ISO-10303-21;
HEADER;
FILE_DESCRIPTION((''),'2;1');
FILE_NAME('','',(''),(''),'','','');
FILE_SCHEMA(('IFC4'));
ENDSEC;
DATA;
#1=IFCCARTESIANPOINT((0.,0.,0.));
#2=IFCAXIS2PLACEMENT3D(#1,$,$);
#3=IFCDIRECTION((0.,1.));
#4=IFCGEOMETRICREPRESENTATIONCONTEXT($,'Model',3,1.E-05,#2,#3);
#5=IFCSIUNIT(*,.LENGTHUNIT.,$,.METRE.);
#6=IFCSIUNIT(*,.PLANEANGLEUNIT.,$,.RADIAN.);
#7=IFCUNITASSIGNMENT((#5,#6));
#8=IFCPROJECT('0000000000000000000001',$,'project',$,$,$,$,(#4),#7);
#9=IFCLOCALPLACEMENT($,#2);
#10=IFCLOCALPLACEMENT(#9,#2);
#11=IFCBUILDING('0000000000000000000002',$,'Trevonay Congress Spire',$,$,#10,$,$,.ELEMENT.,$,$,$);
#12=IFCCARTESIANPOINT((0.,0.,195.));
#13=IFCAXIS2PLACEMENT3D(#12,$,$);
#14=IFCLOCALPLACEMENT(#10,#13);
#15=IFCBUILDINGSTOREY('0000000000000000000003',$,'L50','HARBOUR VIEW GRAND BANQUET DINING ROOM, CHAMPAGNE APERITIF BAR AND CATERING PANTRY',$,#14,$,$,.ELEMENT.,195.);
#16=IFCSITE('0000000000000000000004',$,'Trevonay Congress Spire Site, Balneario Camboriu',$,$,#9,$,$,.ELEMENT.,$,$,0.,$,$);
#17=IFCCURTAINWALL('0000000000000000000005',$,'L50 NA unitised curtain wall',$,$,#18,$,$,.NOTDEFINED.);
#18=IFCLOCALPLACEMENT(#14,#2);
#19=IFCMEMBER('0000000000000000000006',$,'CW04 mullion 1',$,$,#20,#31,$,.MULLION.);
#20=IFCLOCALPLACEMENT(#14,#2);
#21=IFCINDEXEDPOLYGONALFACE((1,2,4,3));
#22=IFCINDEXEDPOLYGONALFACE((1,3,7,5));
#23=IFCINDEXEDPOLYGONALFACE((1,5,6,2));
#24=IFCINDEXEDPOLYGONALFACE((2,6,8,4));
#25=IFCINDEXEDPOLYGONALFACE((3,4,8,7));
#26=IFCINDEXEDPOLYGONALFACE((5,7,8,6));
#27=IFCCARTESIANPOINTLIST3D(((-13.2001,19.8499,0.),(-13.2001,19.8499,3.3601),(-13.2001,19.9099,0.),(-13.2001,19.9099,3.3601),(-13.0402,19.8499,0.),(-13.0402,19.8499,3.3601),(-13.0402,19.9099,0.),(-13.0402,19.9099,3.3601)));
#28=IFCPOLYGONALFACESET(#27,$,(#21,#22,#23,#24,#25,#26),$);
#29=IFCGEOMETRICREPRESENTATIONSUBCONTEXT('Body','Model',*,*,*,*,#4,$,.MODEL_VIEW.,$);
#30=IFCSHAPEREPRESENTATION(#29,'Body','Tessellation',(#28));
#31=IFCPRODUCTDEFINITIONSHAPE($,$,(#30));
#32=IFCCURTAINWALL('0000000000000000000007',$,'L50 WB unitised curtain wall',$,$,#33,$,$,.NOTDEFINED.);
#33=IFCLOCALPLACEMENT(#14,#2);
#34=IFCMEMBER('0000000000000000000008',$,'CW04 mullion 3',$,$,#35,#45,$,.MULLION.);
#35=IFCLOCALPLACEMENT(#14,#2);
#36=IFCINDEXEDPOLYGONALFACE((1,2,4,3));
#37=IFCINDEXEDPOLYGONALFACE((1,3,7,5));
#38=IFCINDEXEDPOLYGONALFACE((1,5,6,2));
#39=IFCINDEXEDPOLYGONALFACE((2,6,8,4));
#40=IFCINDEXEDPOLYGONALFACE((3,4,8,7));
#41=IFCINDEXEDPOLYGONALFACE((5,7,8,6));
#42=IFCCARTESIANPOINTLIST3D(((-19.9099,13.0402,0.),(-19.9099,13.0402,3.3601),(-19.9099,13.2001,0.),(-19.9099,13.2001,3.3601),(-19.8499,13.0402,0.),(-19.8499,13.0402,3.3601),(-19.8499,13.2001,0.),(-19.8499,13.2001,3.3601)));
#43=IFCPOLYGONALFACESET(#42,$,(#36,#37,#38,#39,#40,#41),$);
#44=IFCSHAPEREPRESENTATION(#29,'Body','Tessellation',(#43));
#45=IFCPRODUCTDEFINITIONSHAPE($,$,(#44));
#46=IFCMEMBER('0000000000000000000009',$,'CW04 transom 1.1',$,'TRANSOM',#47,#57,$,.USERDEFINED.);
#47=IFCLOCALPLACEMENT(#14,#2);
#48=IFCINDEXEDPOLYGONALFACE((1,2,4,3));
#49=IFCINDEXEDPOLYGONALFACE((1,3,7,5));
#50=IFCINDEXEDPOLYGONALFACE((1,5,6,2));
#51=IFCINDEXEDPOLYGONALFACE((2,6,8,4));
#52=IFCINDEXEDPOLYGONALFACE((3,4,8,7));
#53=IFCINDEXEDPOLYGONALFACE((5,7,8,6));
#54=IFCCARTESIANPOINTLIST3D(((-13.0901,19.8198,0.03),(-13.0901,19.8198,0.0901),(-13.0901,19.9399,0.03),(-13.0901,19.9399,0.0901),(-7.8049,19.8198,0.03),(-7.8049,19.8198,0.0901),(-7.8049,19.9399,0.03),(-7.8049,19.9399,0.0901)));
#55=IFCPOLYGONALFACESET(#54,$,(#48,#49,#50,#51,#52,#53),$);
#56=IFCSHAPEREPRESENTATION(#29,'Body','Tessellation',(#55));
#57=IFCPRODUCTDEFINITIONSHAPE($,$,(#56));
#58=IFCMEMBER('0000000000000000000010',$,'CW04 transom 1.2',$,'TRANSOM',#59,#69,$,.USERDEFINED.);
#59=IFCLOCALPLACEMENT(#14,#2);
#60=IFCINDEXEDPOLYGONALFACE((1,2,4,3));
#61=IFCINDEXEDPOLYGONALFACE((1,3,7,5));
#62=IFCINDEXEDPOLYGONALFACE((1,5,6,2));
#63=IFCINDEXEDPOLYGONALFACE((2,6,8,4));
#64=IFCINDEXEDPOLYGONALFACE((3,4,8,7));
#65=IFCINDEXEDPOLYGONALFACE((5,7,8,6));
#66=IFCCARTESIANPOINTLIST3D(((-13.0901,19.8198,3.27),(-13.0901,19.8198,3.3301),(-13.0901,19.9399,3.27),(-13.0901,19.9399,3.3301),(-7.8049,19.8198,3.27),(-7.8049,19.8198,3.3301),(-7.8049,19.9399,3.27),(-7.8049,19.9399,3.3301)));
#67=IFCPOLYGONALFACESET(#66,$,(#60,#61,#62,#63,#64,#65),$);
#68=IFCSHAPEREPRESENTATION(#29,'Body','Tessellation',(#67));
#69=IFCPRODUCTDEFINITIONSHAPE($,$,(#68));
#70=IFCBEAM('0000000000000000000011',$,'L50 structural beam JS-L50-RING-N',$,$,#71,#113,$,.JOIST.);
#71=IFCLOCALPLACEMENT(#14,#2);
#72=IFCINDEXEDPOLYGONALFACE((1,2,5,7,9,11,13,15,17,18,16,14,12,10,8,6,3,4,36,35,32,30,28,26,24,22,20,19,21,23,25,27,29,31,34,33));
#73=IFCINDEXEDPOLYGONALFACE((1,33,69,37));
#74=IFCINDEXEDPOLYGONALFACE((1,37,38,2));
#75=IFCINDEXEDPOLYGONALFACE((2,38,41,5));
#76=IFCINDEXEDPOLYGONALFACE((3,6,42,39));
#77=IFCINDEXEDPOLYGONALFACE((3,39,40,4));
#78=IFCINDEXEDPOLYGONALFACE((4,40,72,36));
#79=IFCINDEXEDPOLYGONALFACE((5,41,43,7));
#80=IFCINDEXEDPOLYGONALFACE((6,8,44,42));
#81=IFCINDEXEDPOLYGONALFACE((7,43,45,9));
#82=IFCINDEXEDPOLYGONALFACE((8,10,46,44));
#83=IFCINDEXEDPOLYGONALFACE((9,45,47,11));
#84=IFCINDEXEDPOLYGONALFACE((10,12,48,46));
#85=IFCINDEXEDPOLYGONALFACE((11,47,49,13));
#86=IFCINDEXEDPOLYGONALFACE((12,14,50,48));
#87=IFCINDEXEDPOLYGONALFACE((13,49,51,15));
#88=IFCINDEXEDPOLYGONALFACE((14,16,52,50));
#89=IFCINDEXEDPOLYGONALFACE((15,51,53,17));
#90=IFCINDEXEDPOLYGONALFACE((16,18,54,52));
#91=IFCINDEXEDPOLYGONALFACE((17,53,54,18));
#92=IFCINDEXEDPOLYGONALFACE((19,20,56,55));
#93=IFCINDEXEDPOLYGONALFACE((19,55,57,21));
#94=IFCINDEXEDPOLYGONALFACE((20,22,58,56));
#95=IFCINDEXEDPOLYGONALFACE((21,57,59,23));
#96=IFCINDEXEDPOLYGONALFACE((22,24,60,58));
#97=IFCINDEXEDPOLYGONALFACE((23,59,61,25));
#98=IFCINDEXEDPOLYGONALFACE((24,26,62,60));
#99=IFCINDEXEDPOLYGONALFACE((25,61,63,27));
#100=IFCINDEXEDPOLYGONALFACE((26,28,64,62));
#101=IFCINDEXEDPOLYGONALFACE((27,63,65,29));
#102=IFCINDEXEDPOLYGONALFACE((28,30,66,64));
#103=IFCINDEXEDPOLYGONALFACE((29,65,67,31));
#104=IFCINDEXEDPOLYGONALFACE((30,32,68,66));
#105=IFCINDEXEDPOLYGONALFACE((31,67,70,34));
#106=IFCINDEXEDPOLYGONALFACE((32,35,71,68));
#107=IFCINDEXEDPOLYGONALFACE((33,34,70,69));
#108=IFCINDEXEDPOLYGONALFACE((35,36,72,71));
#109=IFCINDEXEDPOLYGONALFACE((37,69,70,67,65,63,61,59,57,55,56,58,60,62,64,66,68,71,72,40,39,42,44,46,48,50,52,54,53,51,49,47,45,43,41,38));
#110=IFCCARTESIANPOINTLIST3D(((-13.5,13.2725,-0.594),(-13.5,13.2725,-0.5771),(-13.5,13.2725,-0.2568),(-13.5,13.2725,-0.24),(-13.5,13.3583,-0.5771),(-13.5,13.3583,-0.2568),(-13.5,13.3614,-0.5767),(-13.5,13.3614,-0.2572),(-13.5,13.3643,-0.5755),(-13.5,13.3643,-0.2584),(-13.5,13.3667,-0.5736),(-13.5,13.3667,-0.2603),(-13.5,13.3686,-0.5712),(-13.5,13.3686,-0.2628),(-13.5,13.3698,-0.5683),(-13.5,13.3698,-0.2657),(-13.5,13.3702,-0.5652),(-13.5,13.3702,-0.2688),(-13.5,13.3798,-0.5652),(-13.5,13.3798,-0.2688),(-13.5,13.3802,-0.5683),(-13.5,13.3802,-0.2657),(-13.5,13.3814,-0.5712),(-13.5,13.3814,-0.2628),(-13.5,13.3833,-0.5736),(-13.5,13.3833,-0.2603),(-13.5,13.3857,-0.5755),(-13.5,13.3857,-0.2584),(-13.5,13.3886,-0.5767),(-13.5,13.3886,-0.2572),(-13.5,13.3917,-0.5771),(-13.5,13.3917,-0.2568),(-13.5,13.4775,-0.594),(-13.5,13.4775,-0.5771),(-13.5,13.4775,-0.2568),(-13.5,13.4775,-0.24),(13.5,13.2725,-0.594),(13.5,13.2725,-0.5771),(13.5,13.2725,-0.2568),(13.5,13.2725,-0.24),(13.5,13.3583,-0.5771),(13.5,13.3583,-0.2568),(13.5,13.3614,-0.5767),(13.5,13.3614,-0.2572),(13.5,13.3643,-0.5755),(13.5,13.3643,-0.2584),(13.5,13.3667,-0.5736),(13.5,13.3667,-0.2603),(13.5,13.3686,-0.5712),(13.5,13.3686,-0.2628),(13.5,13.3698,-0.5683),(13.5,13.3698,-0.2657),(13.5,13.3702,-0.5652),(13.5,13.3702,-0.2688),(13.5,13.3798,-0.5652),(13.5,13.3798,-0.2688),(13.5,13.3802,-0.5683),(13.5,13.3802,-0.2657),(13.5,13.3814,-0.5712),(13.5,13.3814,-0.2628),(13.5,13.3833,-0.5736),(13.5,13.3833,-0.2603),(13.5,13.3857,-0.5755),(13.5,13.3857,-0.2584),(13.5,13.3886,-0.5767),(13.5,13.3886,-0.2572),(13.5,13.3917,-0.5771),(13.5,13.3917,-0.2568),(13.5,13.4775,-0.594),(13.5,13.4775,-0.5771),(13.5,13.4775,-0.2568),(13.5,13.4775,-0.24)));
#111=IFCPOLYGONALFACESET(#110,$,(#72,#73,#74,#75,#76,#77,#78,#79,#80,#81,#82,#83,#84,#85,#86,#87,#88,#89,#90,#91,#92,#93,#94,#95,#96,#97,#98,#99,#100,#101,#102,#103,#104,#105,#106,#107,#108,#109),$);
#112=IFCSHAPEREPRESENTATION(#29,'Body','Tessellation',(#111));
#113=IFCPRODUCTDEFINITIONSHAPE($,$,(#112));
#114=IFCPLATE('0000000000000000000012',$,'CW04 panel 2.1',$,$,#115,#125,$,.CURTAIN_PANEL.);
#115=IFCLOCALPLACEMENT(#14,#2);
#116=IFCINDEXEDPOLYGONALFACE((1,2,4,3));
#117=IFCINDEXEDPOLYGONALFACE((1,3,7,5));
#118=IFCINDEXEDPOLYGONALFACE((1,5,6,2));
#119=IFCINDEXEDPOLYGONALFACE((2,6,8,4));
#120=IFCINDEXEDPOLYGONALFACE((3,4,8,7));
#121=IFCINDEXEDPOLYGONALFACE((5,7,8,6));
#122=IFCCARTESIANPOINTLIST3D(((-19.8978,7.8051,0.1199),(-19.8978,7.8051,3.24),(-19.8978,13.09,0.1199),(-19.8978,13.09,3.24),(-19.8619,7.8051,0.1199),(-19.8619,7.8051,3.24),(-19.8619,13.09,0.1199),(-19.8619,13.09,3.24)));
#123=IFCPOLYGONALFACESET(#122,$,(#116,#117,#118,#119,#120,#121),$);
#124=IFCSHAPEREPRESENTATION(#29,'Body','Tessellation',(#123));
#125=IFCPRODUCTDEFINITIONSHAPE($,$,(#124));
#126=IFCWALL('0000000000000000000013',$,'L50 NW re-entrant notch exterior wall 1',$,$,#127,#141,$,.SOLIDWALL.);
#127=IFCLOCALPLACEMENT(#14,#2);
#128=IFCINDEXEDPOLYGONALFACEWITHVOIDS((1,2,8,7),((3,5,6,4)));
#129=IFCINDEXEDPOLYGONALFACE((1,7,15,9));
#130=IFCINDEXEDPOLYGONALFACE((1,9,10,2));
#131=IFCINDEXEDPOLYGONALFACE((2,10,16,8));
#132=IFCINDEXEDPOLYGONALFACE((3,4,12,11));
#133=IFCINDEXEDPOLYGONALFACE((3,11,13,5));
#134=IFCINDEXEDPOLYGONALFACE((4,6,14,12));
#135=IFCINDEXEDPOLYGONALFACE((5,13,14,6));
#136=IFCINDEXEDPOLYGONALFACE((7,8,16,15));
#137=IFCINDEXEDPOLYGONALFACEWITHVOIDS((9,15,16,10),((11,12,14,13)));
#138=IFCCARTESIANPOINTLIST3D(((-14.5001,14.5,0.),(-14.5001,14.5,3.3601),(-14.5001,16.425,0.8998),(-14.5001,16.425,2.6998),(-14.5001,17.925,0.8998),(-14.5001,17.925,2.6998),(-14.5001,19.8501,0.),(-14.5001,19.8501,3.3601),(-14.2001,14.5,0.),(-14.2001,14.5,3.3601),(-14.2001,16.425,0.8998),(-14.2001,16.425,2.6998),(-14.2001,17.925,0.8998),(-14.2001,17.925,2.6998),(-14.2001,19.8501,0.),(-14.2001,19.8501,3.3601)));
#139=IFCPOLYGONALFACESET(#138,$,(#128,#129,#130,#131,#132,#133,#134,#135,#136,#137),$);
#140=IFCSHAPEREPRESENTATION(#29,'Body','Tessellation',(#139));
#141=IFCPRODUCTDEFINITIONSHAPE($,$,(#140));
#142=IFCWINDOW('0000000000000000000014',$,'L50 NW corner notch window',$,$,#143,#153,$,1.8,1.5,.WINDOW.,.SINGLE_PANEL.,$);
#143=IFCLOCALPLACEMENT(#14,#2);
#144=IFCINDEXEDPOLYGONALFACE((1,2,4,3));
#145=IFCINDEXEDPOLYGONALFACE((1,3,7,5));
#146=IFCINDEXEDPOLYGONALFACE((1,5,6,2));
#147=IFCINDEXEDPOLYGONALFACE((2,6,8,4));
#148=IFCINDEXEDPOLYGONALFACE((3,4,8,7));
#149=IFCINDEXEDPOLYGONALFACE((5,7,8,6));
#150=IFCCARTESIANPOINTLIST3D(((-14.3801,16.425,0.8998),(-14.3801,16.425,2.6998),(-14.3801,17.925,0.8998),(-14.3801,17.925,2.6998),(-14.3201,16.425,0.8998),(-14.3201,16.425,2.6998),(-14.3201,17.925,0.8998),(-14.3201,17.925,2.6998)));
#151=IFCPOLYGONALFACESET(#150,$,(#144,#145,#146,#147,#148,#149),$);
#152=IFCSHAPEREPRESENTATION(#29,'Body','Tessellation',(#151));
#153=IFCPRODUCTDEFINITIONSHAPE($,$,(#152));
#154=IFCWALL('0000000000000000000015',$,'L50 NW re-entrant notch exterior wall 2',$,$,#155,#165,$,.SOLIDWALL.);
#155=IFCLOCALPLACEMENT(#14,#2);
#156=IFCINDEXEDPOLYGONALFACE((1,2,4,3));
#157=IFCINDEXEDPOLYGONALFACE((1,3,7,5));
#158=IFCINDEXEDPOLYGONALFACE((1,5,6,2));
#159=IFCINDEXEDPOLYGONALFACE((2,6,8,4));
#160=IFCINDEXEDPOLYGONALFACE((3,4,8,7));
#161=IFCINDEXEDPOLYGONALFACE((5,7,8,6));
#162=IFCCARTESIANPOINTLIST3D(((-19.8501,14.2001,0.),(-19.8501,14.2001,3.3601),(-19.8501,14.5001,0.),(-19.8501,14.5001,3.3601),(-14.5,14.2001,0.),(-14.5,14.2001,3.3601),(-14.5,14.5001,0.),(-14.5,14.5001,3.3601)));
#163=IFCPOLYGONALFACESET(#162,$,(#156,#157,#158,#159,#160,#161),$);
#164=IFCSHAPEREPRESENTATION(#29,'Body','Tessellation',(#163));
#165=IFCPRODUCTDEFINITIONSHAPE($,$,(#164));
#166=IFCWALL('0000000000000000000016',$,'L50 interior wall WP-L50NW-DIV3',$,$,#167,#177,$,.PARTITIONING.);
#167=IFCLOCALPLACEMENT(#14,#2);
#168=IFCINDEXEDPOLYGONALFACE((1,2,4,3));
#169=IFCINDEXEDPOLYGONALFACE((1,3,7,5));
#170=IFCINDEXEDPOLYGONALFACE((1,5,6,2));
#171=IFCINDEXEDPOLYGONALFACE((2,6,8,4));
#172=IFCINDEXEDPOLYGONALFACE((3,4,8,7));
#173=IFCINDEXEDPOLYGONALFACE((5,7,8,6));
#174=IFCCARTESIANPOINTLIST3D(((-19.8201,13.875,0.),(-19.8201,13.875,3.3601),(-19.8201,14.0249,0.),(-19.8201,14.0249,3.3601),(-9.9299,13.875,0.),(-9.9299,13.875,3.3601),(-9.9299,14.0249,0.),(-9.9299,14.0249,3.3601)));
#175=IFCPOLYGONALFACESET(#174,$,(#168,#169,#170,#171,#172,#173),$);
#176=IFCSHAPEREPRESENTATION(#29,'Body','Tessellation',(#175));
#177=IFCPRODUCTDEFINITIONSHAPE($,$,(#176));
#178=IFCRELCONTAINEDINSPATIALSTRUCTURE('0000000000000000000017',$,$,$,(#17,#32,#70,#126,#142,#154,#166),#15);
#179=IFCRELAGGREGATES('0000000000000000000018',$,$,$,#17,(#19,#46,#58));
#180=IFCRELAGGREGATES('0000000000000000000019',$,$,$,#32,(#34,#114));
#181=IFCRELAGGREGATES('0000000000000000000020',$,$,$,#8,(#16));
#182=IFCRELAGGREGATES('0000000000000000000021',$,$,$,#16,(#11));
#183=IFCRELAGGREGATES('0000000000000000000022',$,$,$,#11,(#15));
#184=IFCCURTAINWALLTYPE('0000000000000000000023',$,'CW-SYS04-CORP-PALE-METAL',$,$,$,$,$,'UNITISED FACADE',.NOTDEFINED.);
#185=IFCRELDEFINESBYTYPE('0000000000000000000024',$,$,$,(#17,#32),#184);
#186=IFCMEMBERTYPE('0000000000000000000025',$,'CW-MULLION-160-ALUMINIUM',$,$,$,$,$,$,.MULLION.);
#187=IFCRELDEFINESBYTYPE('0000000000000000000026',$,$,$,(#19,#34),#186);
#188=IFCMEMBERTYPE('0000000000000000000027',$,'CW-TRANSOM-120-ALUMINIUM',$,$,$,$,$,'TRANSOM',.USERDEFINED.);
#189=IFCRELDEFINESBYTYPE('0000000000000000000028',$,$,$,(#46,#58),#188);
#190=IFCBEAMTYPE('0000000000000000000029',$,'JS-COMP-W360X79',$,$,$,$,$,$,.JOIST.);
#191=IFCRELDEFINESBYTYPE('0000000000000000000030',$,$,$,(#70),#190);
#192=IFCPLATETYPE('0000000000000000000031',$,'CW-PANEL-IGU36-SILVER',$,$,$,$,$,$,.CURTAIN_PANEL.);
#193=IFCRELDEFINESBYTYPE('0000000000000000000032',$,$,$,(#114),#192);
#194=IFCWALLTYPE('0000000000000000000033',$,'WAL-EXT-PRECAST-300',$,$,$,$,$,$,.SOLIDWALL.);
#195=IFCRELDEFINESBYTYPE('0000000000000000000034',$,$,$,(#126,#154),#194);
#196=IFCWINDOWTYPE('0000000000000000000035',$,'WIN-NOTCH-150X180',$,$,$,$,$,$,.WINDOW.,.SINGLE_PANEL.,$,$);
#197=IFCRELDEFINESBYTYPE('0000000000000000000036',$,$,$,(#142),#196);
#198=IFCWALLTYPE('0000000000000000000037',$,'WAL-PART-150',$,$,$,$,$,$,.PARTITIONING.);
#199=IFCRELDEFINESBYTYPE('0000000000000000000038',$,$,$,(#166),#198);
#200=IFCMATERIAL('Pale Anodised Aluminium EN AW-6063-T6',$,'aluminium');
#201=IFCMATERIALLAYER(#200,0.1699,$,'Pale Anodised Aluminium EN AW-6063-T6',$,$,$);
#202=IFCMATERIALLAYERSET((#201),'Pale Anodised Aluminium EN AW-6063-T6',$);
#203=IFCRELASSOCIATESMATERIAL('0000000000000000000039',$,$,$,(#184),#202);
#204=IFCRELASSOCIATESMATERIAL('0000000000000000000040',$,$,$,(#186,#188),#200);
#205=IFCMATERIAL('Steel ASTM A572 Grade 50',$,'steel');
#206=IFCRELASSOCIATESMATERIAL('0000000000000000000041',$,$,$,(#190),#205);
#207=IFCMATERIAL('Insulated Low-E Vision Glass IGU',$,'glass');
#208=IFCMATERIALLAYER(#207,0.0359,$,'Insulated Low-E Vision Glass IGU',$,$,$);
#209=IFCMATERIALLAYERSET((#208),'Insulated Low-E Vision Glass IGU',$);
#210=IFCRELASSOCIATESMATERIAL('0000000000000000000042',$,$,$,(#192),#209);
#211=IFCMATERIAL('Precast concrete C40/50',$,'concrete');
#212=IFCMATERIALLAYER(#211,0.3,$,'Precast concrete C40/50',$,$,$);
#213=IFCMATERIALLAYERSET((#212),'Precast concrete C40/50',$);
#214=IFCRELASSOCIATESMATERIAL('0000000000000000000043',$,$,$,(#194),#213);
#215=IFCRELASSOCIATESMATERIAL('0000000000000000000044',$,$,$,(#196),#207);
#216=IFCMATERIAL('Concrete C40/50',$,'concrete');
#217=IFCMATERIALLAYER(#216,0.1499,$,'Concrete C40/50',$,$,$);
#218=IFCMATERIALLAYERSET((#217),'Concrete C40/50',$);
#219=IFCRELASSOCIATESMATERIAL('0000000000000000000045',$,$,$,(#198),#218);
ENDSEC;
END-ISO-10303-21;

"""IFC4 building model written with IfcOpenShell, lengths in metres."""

from ifc_helpers import new_model, si_unit, direction, frame, frame_2d, origin, origin_2d, place, context, subcontext, project, spatial, rectangle, i_section, extrude, material, layer, layer_set, material_profile, profile_set, type_object, element, fill, aggregate, save


model = new_model("IFC4")

# Units and contexts
model_context = context("Model", 3, precision=1e-05, world=origin(), true_north=direction((0.0, 1.0)))
body_context = subcontext(model_context, "Body", "Model", "MODEL_VIEW")
ifc_project = project(units=[si_unit("LENGTHUNIT", "METRE"), si_unit("PLANEANGLEUNIT", "RADIAN")], contexts=[model_context])

# Site, building, storey
site_placement = place(None, origin())
site = spatial("IfcSite", under=ifc_project, at=site_placement, Name="Trevonay Congress Spire Site, Balneario Camboriu", CompositionType="ELEMENT", RefElevation=0.0)
building_placement = place(site_placement, origin())
building = spatial("IfcBuilding", under=site, at=building_placement, Name="Trevonay Congress Spire", CompositionType="ELEMENT")
storey_placement = place(building_placement, frame((0.0, 0.0, 195.0)))
storey = spatial("IfcBuildingStorey", under=building, at=storey_placement, Name="L50", Description="HARBOUR VIEW GRAND BANQUET DINING ROOM, CHAMPAGNE APERITIF BAR AND CATERING PANTRY", CompositionType="ELEMENT", Elevation=195.0)

# Shared definitions
ifc_material_1 = material(Name="Steel ASTM A572 Grade 50", Category="steel")

# Curtain walls, members
ifc_material_2 = material(Name="Pale Anodised Aluminium EN AW-6063-T6", Category="aluminium")
ifc_layer_1 = layer(ifc_material_2, 0.1699, Name="Pale Anodised Aluminium EN AW-6063-T6")
ifc_layer_set_1 = layer_set([ifc_layer_1], Name="Pale Anodised Aluminium EN AW-6063-T6")
curtain_wall_type = type_object("IfcCurtainWallType", Name="CW-SYS04-CORP-PALE-METAL", ElementType="UNITISED FACADE", PredefinedType="NOTDEFINED", material=ifc_layer_set_1)
curtain_wall_1_placement = place(storey_placement, origin())
curtain_wall_1 = element("IfcCurtainWall", 1, at=curtain_wall_1_placement, inside=storey, type_object=curtain_wall_type, Name="L50 NA unitised curtain wall", PredefinedType="NOTDEFINED")
ifc_material_profile_1 = material_profile(ifc_material_2, rectangle(XDim=0.0601, YDim=0.1599, at=origin_2d()), Name="CW-MULLION-160-ALUMINIUM")
ifc_profile_set_1 = profile_set([ifc_material_profile_1], Name="Pale Anodised Aluminium EN AW-6063-T6")
member_type_1 = type_object("IfcMemberType", Name="CW-MULLION-160-ALUMINIUM", PredefinedType="MULLION", material=ifc_profile_set_1)
member_1_placement = place(storey_placement, frame((-13.1201, 19.8799, 0.0), z_axis=(0.0, 0.0, 1.0), x_axis=(0.0, 1.0, 0.0)))
member_1 = element("IfcMember", 2, at=member_1_placement, type_object=member_type_1, Name="CW04 mullion 1", PredefinedType="MULLION", context=body_context, shape_type="SweptSolid", body=[
    extrude(rectangle(XDim=0.0601, YDim=0.1599, at=origin_2d()), origin(), (0.0, 0.0, 1.0), 3.3601),
])
curtain_wall_2_placement = place(storey_placement, origin())
curtain_wall_2 = element("IfcCurtainWall", 3, at=curtain_wall_2_placement, inside=storey, type_object=curtain_wall_type, Name="L50 WB unitised curtain wall", PredefinedType="NOTDEFINED")
member_2_placement = place(storey_placement, frame((-19.8799, 13.1201, 0.0), z_axis=(0.0, 0.0, 1.0), x_axis=(-1.0, 0.0, 0.0)))
member_2 = element("IfcMember", 4, at=member_2_placement, type_object=member_type_1, Name="CW04 mullion 3", PredefinedType="MULLION", context=body_context, shape_type="SweptSolid", body=[
    extrude(rectangle(XDim=0.0601, YDim=0.1599, at=origin_2d()), origin(), (0.0, 0.0, 1.0), 3.3601),
])

# Members
ifc_material_profile_2 = material_profile(ifc_material_2, rectangle(XDim=0.1201, YDim=0.0601, at=origin_2d()), Name="CW-TRANSOM-120-ALUMINIUM")
ifc_profile_set_2 = profile_set([ifc_material_profile_2], Name="Pale Anodised Aluminium EN AW-6063-T6")
member_type_2 = type_object("IfcMemberType", Name="CW-TRANSOM-120-ALUMINIUM", ElementType="TRANSOM", PredefinedType="USERDEFINED", material=ifc_profile_set_2)
member_3_placement = place(storey_placement, frame((-13.0901, 19.8799, 0.0601), z_axis=(1.0, 0.0, 0.0), x_axis=(0.0, 1.0, 0.0)))
member_3 = element("IfcMember", 5, at=member_3_placement, type_object=member_type_2, Name="CW04 transom 1.1", ObjectType="TRANSOM", PredefinedType="USERDEFINED", context=body_context, shape_type="SweptSolid", body=[
    extrude(rectangle(XDim=0.1201, YDim=0.0601, at=origin_2d()), origin(), (0.0, 0.0, 1.0), 5.2852),
])
member_4_placement = place(storey_placement, frame((-13.0901, 19.8799, 3.3), z_axis=(1.0, 0.0, 0.0), x_axis=(0.0, 1.0, 0.0)))
member_4 = element("IfcMember", 6, at=member_4_placement, type_object=member_type_2, Name="CW04 transom 1.2", ObjectType="TRANSOM", PredefinedType="USERDEFINED", context=body_context, shape_type="SweptSolid", body=[
    extrude(rectangle(XDim=0.1201, YDim=0.0601, at=origin_2d()), origin(), (0.0, 0.0, 1.0), 5.2852),
])
aggregate(curtain_wall_1, [member_1, member_3, member_4])

# Beam
ifc_material_profile_3 = material_profile(ifc_material_1, i_section(OverallWidth=0.2051, OverallDepth=0.354, WebThickness=0.0095, FlangeThickness=0.0168, FilletRadius=0.012, at=origin_2d()), Name="W360x79")
ifc_profile_set_3 = profile_set([ifc_material_profile_3], Name="Steel ASTM A572 Grade 50")
beam_type_1 = type_object("IfcBeamType", Name="JS-COMP-W360X79", PredefinedType="JOIST", material=ifc_profile_set_3)
beam_1_placement = place(storey_placement, frame((-13.5, 13.375, -0.417), z_axis=(1.0, 0.0, 0.0), x_axis=(0.0, 1.0, 0.0)))
element("IfcBeam", 7, at=beam_1_placement, inside=storey, type_object=beam_type_1, Name="L50 structural beam JS-L50-RING-N", PredefinedType="JOIST", context=body_context, shape_type="SweptSolid", body=[
    extrude(i_section(OverallWidth=0.2051, OverallDepth=0.354, WebThickness=0.0095, FlangeThickness=0.0168, FilletRadius=0.012, at=origin_2d()), origin(), (0.0, 0.0, 1.0), 27.0),
])

# Plate
ifc_material_3 = material(Name="Insulated Low-E Vision Glass IGU", Category="glass")
ifc_layer_2 = layer(ifc_material_3, 0.0359, Name="Insulated Low-E Vision Glass IGU")
ifc_layer_set_2 = layer_set([ifc_layer_2], Name="Insulated Low-E Vision Glass IGU")
plate_type = type_object("IfcPlateType", Name="CW-PANEL-IGU36-SILVER", PredefinedType="CURTAIN_PANEL", material=ifc_layer_set_2)
plate_placement = place(storey_placement, frame((-19.8799, 10.4475, 0.1199), z_axis=(0.0, 0.0, 1.0), x_axis=(0.0, 1.0, 0.0)))
plate = element("IfcPlate", 8, at=plate_placement, type_object=plate_type, Name="CW04 panel 2.1", PredefinedType="CURTAIN_PANEL", context=body_context, shape_type="SweptSolid", body=[
    extrude(rectangle(XDim=5.2849, YDim=0.0359, at=origin_2d()), origin(), (0.0, 0.0, 1.0), 3.1201),
])
aggregate(curtain_wall_2, [member_2, plate])

# Wall, opening, window
ifc_material_4 = material(Name="Precast concrete C40/50", Category="concrete")
ifc_layer_3 = layer(ifc_material_4, 0.3, Name="Precast concrete C40/50")
ifc_layer_set_3 = layer_set([ifc_layer_3], Name="Precast concrete C40/50")
wall_type_1 = type_object("IfcWallType", Name="WAL-EXT-PRECAST-300", PredefinedType="SOLIDWALL", material=ifc_layer_set_3)
wall_1_placement = place(storey_placement, frame((-14.3501, 19.8501, 0.0), z_axis=(0.0, 0.0, 1.0), x_axis=(0.0, -1.0, 0.0)))
wall_1 = element("IfcWall", 9, at=wall_1_placement, inside=storey, type_object=wall_type_1, Name="L50 NW re-entrant notch exterior wall 1", PredefinedType="SOLIDWALL", context=body_context, shape_type="SweptSolid", body=[
    extrude(rectangle(XDim=5.3501, YDim=0.3, at=frame_2d((2.675, 0.0))), origin(), (0.0, 0.0, 1.0), 3.3601),
])
opening_placement = place(wall_1_placement, frame((1.925, 0.0, 0.8999)))
opening = element("IfcOpeningElement", 10, at=opening_placement, cuts=wall_1, PredefinedType="OPENING", context=body_context, shape_type="SweptSolid", body=[
    extrude(rectangle(XDim=1.5, YDim=1.8, at=frame_2d((0.75, 0.8999))), frame((0.0, 0.1602, 0.0), z_axis=(0.0, -1.0, 0.0), x_axis=(1.0, 0.0, 0.0)), (0.0, 0.0, 1.0), 0.3201),
])
window_type = type_object("IfcWindowType", Name="WIN-NOTCH-150X180", PartitioningType="SINGLE_PANEL", PredefinedType="WINDOW", material=ifc_material_3)
window_placement = place(opening_placement, origin())
window = element("IfcWindow", 11, at=window_placement, inside=storey, type_object=window_type, Name="L50 NW corner notch window", OverallHeight=1.8, OverallWidth=1.5, PartitioningType="SINGLE_PANEL", PredefinedType="WINDOW", context=body_context, shape_type="SweptSolid", body=[
    extrude(rectangle(XDim=1.5, YDim=1.8, at=frame_2d((0.75, 0.8999))), frame((0.0, 0.03, 0.0), z_axis=(0.0, -1.0, 0.0), x_axis=(1.0, 0.0, 0.0)), (0.0, 0.0, 1.0), 0.0601),
])
fill(opening, window)

# Walls
wall_2_placement = place(storey_placement, frame((-19.8501, 14.3501, 0.0), z_axis=(0.0, 0.0, 1.0), x_axis=(1.0, 0.0, 0.0)))
element("IfcWall", 12, at=wall_2_placement, inside=storey, type_object=wall_type_1, Name="L50 NW re-entrant notch exterior wall 2", PredefinedType="SOLIDWALL", context=body_context, shape_type="SweptSolid", body=[
    extrude(rectangle(XDim=5.3501, YDim=0.3, at=frame_2d((2.675, 0.0))), origin(), (0.0, 0.0, 1.0), 3.3601),
])
ifc_material_5 = material(Name="Concrete C40/50", Category="concrete")
ifc_layer_4 = layer(ifc_material_5, 0.1499, Name="Concrete C40/50")
ifc_layer_set_4 = layer_set([ifc_layer_4], Name="Concrete C40/50")
wall_type_2 = type_object("IfcWallType", Name="WAL-PART-150", PredefinedType="PARTITIONING", material=ifc_layer_set_4)
wall_3_placement = place(storey_placement, frame((-19.8201, 13.95, 0.0), z_axis=(0.0, 0.0, 1.0), x_axis=(1.0, 0.0, 0.0)))
element("IfcWall", 13, at=wall_3_placement, inside=storey, type_object=wall_type_2, Name="L50 interior wall WP-L50NW-DIV3", PredefinedType="PARTITIONING", context=body_context, shape_type="SweptSolid", body=[
    extrude(rectangle(XDim=9.8901, YDim=0.1499, at=frame_2d((4.9451, 0.0))), origin(), (0.0, 0.0, 1.0), 3.3601),
])

save(model, "model.ifc")
